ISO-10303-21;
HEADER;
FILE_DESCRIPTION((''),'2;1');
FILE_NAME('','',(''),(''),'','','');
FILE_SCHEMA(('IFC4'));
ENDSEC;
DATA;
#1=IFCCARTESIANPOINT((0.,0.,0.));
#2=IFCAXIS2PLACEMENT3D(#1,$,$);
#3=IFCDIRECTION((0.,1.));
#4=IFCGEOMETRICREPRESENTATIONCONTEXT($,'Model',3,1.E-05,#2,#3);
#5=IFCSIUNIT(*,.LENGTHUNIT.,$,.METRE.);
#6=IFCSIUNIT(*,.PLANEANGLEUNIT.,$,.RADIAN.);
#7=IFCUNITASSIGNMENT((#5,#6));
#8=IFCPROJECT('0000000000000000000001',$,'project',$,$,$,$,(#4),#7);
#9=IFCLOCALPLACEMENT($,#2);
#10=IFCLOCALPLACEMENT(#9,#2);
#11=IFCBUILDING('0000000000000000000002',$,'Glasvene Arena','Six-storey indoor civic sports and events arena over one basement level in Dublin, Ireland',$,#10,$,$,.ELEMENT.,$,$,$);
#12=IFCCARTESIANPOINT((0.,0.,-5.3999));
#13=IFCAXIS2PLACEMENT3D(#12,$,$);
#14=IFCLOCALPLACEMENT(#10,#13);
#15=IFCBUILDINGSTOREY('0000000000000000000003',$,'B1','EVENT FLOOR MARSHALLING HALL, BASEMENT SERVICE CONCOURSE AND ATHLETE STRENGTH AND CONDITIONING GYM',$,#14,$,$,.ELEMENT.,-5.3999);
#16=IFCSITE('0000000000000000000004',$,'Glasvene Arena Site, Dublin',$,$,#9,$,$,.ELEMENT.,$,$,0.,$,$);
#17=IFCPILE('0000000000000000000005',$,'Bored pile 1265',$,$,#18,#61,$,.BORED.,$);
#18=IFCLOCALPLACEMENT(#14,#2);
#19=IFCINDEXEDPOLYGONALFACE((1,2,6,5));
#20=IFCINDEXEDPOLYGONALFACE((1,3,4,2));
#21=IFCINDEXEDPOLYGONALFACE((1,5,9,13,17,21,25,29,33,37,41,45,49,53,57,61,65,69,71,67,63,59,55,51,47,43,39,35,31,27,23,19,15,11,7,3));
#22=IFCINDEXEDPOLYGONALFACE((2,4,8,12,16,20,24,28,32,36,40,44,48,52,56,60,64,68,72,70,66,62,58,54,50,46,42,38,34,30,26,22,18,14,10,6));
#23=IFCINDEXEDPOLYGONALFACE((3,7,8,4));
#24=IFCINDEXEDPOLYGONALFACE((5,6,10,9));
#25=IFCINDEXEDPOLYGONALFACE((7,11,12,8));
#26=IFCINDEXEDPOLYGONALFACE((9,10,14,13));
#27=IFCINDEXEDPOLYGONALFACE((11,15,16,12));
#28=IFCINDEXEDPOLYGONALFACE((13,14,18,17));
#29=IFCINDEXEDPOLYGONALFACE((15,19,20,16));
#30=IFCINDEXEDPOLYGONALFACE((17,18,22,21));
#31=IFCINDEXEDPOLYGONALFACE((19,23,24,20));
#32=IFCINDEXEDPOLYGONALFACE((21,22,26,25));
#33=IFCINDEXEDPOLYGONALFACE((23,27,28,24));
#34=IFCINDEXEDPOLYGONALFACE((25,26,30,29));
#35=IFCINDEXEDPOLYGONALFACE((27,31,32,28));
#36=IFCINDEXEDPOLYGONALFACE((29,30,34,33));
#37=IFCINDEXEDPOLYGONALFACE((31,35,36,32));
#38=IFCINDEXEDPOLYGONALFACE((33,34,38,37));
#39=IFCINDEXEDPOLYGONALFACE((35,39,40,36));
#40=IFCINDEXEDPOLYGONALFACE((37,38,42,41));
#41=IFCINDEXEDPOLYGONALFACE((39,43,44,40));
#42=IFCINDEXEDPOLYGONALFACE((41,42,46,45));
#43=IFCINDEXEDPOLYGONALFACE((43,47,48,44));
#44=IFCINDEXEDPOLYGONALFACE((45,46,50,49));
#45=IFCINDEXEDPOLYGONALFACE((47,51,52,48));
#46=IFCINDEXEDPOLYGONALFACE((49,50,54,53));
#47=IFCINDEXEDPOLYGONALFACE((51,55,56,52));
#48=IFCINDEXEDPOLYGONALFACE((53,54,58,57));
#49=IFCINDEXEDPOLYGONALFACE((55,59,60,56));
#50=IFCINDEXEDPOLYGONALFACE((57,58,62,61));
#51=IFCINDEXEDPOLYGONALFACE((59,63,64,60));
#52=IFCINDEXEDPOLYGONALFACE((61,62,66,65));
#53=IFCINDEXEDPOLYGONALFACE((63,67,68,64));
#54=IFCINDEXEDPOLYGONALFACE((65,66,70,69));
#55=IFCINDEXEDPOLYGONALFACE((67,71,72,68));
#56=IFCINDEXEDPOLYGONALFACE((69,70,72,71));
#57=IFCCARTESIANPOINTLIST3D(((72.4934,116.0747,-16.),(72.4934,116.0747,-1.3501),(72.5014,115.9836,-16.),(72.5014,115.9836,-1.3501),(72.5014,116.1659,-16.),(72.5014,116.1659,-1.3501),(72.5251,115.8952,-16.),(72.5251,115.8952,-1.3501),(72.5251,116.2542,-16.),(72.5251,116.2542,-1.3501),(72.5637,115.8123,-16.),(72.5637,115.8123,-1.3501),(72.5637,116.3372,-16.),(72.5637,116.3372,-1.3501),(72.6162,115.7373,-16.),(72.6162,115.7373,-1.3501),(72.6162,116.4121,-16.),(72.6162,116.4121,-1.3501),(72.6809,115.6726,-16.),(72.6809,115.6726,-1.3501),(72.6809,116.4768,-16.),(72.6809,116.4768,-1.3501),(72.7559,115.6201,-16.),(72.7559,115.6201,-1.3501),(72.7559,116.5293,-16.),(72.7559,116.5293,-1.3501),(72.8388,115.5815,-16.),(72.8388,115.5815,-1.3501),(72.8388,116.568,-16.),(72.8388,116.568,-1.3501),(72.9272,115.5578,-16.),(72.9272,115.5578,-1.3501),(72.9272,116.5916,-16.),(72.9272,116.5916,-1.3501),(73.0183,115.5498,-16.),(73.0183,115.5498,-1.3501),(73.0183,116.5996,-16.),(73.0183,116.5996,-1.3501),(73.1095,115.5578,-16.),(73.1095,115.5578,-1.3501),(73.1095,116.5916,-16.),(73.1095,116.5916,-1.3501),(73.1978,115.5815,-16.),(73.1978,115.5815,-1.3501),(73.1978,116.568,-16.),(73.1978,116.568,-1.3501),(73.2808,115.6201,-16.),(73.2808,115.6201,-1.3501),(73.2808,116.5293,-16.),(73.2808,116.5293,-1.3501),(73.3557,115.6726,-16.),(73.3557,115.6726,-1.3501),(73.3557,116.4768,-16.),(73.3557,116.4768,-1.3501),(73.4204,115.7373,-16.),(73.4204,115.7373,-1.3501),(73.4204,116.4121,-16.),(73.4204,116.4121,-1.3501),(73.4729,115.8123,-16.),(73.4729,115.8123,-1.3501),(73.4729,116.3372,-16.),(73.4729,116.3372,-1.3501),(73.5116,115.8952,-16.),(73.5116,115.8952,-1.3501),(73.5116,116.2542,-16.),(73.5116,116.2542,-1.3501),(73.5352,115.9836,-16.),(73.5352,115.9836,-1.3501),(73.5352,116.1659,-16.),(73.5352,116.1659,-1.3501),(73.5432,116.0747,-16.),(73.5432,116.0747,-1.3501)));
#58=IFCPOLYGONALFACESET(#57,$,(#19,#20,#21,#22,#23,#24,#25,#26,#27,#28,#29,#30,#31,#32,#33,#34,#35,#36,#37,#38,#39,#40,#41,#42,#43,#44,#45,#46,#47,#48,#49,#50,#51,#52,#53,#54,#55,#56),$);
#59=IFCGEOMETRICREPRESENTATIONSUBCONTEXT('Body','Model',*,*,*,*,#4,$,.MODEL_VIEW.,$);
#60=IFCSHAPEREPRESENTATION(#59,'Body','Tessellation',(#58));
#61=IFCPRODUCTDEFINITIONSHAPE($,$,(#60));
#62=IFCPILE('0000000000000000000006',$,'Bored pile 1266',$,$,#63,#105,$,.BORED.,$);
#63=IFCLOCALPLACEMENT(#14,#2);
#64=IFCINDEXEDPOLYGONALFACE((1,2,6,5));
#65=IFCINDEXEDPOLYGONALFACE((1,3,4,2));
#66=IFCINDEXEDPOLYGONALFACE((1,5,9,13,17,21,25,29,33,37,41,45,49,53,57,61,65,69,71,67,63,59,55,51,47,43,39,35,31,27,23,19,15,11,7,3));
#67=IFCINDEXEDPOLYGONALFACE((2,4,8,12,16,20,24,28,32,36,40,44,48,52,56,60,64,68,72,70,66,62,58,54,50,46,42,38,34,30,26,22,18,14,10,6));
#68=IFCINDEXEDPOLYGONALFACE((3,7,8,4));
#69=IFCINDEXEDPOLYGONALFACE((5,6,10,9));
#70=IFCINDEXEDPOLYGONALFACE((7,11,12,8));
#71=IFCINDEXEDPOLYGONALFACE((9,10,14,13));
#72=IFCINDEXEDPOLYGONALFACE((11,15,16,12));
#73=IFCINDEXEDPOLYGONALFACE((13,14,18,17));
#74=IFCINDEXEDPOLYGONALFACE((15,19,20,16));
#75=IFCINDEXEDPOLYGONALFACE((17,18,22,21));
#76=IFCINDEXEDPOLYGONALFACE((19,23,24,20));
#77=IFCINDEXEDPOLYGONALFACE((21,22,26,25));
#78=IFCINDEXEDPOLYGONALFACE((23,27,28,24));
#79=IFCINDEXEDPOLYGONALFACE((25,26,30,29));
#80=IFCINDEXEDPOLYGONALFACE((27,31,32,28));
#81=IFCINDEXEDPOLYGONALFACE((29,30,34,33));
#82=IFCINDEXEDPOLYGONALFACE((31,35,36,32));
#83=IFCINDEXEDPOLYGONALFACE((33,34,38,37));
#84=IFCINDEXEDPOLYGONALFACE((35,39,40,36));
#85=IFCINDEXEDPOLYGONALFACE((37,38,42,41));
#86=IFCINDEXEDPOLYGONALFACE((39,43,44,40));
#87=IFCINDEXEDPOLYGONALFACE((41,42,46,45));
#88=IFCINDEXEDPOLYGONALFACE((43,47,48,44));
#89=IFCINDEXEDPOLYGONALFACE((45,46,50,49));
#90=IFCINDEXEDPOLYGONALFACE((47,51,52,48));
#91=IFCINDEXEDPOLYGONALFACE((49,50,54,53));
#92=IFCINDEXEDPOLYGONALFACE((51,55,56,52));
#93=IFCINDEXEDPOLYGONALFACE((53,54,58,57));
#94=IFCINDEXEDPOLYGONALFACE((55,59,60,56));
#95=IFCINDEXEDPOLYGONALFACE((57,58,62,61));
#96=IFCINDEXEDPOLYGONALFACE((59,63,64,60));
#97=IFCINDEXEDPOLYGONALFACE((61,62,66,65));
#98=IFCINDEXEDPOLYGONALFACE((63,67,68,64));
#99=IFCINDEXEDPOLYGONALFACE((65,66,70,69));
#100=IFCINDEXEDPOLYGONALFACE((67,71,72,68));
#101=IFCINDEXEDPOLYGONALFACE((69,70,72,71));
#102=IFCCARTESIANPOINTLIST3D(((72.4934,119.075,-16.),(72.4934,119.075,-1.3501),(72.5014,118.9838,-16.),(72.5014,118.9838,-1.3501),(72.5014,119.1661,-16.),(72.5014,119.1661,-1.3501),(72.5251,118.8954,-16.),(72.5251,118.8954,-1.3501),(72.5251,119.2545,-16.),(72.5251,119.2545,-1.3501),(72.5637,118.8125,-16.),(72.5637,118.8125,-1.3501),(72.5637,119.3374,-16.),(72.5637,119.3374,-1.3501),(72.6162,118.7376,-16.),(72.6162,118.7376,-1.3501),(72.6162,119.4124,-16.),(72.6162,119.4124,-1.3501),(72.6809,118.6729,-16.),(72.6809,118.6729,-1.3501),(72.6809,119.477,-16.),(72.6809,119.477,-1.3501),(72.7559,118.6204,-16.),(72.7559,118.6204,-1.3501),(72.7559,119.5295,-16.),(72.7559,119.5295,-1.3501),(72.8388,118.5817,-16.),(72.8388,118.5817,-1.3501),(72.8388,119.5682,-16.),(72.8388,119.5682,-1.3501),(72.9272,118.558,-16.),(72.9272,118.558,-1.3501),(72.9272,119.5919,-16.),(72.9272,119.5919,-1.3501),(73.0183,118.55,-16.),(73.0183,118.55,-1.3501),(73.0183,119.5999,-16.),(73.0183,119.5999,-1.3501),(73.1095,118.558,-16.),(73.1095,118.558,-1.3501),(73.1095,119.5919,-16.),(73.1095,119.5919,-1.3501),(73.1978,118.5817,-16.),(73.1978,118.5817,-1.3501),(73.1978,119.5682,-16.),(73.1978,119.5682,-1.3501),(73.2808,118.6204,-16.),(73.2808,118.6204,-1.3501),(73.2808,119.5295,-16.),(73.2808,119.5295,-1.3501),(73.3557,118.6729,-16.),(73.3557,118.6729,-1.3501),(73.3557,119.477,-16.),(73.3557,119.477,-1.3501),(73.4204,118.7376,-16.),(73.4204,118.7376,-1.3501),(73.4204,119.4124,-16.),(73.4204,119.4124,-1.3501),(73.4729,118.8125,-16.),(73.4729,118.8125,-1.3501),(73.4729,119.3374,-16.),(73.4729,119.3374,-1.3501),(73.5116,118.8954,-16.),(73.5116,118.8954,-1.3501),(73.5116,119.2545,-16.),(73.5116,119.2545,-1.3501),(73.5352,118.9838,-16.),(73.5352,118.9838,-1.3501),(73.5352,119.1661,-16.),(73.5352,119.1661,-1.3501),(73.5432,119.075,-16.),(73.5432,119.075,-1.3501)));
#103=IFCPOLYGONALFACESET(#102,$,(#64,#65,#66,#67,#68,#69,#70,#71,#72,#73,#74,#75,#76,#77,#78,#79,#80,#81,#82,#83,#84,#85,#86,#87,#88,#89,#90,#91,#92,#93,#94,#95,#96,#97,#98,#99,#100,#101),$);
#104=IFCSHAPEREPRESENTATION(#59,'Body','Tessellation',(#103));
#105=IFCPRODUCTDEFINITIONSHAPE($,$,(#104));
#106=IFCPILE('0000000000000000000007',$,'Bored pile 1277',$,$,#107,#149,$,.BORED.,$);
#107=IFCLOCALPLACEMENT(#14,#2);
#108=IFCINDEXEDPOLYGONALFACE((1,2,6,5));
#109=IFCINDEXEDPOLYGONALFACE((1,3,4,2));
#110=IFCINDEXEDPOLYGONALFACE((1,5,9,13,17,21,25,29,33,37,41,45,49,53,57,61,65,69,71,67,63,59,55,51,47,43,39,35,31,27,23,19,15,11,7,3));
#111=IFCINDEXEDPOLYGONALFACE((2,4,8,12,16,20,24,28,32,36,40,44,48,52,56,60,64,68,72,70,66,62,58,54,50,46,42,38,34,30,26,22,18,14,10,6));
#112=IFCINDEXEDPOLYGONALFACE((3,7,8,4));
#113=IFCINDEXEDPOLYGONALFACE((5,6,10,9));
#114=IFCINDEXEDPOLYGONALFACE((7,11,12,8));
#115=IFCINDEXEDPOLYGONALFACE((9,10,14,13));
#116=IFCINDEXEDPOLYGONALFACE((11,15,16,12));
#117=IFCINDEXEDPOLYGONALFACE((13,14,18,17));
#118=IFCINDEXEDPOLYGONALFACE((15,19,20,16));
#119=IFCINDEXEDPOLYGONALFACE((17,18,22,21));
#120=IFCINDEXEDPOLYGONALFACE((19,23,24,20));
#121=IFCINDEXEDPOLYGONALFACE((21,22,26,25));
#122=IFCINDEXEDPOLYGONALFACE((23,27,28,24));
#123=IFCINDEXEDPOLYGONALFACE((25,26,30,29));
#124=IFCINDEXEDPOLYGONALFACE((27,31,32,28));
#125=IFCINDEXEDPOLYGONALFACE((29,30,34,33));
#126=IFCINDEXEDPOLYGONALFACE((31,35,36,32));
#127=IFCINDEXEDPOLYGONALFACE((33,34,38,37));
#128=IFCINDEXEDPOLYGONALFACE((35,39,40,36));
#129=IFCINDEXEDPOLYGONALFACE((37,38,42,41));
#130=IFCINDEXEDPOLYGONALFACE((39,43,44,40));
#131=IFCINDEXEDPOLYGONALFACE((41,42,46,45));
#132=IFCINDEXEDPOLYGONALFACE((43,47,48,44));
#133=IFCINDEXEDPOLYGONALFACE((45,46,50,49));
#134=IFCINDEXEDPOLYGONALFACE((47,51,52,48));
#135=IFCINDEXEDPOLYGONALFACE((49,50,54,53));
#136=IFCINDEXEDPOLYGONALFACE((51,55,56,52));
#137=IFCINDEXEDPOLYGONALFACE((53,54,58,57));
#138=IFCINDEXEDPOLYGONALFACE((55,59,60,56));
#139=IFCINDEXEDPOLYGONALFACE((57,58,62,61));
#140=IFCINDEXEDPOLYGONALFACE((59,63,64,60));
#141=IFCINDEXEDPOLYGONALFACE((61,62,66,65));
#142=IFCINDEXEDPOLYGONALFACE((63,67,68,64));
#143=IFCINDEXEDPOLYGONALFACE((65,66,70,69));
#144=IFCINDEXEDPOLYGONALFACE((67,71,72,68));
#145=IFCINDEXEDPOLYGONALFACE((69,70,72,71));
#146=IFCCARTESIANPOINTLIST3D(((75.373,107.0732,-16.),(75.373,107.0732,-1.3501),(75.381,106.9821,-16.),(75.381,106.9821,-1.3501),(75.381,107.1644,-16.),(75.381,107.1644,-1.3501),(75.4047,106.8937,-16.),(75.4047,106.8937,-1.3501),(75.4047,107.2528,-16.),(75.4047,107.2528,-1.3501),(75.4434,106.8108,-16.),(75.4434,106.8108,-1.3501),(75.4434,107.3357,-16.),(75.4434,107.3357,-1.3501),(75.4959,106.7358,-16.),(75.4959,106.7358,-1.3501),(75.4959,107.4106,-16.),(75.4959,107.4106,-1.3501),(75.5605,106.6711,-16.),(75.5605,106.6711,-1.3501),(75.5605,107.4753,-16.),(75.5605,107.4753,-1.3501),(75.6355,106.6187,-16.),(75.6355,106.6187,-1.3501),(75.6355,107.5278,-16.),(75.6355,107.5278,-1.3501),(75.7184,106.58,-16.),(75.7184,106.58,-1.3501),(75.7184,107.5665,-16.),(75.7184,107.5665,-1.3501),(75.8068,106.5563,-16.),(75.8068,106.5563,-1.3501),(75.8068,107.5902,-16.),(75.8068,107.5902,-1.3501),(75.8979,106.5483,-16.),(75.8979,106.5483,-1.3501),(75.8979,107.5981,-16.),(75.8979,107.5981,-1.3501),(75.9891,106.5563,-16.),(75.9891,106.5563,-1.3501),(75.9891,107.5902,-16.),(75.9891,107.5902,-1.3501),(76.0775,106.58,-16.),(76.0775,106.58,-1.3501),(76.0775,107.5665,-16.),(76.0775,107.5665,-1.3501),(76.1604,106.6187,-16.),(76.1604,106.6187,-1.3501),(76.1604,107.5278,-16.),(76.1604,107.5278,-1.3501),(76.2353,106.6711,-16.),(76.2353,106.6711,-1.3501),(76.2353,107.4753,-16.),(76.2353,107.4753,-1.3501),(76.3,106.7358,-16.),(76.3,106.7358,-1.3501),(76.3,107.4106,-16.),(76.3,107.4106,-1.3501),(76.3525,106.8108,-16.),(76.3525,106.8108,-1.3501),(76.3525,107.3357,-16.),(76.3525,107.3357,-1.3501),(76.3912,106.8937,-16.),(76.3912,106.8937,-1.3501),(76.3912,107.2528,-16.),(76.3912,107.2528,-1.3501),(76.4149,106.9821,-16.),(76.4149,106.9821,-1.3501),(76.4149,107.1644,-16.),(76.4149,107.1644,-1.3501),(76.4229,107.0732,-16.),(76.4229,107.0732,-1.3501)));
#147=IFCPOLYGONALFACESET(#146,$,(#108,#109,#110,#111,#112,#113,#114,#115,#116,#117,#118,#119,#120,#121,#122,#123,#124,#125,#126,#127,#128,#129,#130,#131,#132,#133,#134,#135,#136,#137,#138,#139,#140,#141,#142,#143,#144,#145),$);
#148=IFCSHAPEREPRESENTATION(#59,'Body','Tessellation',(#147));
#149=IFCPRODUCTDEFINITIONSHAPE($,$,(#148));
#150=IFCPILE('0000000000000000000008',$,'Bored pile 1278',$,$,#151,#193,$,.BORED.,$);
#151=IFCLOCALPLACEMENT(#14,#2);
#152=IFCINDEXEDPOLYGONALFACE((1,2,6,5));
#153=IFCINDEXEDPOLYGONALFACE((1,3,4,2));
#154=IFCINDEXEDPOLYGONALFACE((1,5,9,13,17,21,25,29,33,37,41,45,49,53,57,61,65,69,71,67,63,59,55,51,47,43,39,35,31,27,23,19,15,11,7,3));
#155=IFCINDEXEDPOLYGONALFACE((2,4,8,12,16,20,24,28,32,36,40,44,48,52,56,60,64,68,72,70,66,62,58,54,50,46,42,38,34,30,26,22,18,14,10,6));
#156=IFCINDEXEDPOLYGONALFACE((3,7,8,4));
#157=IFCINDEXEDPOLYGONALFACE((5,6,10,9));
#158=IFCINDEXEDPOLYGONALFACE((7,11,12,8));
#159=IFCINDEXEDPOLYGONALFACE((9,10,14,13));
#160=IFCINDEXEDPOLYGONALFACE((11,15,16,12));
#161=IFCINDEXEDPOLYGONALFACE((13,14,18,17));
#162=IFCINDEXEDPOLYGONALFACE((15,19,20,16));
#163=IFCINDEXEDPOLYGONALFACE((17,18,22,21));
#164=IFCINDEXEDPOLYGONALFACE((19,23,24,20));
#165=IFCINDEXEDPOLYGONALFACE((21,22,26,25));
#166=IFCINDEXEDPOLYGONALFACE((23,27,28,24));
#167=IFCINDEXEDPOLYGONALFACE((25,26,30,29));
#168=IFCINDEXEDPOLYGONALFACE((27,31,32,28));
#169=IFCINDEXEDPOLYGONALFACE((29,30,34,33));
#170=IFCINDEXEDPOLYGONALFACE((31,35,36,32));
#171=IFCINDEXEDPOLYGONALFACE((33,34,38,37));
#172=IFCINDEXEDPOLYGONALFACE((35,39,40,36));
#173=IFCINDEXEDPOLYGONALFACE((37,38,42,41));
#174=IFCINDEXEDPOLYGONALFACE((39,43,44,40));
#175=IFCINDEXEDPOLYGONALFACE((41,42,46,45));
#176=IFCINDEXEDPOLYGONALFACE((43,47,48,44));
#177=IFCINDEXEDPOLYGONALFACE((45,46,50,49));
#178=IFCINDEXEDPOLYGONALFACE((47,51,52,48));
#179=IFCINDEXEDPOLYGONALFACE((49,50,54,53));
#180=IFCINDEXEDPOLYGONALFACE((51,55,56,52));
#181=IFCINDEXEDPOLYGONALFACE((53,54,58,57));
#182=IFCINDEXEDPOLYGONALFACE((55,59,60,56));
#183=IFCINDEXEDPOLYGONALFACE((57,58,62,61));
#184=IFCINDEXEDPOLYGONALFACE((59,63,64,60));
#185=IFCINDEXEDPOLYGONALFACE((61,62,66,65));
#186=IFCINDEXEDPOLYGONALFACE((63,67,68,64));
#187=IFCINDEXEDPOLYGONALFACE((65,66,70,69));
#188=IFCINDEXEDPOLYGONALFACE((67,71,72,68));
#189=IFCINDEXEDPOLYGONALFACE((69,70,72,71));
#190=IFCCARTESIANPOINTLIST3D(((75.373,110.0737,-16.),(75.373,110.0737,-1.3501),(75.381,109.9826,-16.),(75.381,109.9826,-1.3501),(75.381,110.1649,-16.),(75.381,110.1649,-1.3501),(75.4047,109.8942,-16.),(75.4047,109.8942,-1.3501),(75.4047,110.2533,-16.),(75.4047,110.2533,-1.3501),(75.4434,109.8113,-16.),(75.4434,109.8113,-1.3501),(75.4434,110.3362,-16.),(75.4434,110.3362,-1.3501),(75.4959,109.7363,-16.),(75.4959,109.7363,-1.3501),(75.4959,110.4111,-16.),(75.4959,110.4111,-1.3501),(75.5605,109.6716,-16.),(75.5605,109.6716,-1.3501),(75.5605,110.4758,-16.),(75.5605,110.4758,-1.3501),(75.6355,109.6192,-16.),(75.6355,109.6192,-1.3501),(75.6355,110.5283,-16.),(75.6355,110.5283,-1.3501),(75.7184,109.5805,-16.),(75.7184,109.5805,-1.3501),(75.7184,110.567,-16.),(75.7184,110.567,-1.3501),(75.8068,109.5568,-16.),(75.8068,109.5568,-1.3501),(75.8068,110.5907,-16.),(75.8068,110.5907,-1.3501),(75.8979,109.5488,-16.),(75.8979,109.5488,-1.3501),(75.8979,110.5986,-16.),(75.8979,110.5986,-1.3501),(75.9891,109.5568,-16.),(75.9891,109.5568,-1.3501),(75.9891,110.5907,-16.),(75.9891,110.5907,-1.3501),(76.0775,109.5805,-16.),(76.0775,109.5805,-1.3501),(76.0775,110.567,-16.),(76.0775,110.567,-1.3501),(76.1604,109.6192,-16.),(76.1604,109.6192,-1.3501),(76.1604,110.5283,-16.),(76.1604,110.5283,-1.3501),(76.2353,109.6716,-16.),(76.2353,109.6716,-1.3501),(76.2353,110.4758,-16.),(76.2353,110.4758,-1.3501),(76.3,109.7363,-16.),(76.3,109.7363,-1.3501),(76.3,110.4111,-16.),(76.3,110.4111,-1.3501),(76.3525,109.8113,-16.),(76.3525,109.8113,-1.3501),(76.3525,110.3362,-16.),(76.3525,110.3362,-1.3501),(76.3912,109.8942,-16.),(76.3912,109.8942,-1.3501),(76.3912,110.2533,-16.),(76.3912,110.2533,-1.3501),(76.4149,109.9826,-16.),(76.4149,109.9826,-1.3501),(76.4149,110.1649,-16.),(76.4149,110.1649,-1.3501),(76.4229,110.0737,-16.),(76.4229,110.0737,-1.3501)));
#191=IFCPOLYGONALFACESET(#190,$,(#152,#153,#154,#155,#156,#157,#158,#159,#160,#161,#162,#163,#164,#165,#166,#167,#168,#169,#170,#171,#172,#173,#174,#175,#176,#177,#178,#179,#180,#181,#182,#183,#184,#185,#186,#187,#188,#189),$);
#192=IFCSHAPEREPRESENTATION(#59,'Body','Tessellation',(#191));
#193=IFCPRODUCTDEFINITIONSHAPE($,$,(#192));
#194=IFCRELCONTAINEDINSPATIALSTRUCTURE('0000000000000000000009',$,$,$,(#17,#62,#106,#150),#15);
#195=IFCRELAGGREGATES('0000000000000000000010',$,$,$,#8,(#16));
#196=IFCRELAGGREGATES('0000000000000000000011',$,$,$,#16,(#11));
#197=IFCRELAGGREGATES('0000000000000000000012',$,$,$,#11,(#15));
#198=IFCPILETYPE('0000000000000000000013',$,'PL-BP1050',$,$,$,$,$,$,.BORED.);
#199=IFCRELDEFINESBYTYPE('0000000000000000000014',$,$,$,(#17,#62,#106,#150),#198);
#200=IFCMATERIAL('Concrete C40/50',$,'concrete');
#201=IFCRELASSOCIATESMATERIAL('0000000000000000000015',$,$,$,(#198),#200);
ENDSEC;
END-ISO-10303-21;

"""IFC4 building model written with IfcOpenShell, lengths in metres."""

from ifc_helpers import new_model, si_unit, direction, frame, origin, origin_2d, place, context, subcontext, project, spatial, circle, extrude, material, material_profile, profile_set, type_object, element, save


model = new_model("IFC4")

# Units and contexts
model_context = context("Model", 3, precision=1e-05, world=origin(), true_north=direction((0.0, 1.0)))
body_context = subcontext(model_context, "Body", "Model", "MODEL_VIEW")
ifc_project = project(units=[si_unit("LENGTHUNIT", "METRE"), si_unit("PLANEANGLEUNIT", "RADIAN")], contexts=[model_context])

# Site, building, storey
site_placement = place(None, origin())
site = spatial("IfcSite", under=ifc_project, at=site_placement, Name="Glasvene Arena Site, Dublin", CompositionType="ELEMENT", RefElevation=0.0)
building_placement = place(site_placement, origin())
building = spatial("IfcBuilding", under=site, at=building_placement, Name="Glasvene Arena", Description="Six-storey indoor civic sports and events arena over one basement level in Dublin, Ireland", CompositionType="ELEMENT")
storey_placement = place(building_placement, frame((0.0, 0.0, -5.3999)))
storey = spatial("IfcBuildingStorey", under=building, at=storey_placement, Name="B1", Description="EVENT FLOOR MARSHALLING HALL, BASEMENT SERVICE CONCOURSE AND ATHLETE STRENGTH AND CONDITIONING GYM", CompositionType="ELEMENT", Elevation=-5.3999)

# Piles
ifc_material_1 = material(Name="Concrete C40/50", Category="concrete")
ifc_material_profile_1 = material_profile(ifc_material_1, circle(Radius=0.5249, at=origin_2d()), Name="BORED PILE 1050")
ifc_profile_set_1 = profile_set([ifc_material_profile_1], Name="Concrete C40/50")
pile_type = type_object("IfcPileType", Name="PL-BP1050", PredefinedType="BORED", material=ifc_profile_set_1)
for number, where, z_axis, x_axis, name in (
    (1, (73.0183, 116.0747, -1.3501), (0.0, 0.0, -1.0), (1.0, 0.0, 0.0), "Bored pile 1265"),
    (2, (73.0183, 119.075, -1.3501), (0.0, 0.0, -1.0), (1.0, 0.0, 0.0), "Bored pile 1266"),
    (3, (75.8979, 107.0732, -1.3501), (0.0, 0.0, -1.0), (1.0, 0.0, 0.0), "Bored pile 1277"),
    (4, (75.8979, 110.0737, -1.3501), (0.0, 0.0, -1.0), (1.0, 0.0, 0.0), "Bored pile 1278"),
):
    element("IfcPile", number, at=place(storey_placement, frame(where, z_axis=z_axis, x_axis=x_axis)), inside=storey, type_object=pile_type, Name=name, PredefinedType="BORED", context=body_context, shape_type="SweptSolid", body=[
        extrude(circle(Radius=0.5249, at=origin_2d()), origin(), (0.0, 0.0, 1.0), 14.6499),
    ])

save(model, "model.ifc")
